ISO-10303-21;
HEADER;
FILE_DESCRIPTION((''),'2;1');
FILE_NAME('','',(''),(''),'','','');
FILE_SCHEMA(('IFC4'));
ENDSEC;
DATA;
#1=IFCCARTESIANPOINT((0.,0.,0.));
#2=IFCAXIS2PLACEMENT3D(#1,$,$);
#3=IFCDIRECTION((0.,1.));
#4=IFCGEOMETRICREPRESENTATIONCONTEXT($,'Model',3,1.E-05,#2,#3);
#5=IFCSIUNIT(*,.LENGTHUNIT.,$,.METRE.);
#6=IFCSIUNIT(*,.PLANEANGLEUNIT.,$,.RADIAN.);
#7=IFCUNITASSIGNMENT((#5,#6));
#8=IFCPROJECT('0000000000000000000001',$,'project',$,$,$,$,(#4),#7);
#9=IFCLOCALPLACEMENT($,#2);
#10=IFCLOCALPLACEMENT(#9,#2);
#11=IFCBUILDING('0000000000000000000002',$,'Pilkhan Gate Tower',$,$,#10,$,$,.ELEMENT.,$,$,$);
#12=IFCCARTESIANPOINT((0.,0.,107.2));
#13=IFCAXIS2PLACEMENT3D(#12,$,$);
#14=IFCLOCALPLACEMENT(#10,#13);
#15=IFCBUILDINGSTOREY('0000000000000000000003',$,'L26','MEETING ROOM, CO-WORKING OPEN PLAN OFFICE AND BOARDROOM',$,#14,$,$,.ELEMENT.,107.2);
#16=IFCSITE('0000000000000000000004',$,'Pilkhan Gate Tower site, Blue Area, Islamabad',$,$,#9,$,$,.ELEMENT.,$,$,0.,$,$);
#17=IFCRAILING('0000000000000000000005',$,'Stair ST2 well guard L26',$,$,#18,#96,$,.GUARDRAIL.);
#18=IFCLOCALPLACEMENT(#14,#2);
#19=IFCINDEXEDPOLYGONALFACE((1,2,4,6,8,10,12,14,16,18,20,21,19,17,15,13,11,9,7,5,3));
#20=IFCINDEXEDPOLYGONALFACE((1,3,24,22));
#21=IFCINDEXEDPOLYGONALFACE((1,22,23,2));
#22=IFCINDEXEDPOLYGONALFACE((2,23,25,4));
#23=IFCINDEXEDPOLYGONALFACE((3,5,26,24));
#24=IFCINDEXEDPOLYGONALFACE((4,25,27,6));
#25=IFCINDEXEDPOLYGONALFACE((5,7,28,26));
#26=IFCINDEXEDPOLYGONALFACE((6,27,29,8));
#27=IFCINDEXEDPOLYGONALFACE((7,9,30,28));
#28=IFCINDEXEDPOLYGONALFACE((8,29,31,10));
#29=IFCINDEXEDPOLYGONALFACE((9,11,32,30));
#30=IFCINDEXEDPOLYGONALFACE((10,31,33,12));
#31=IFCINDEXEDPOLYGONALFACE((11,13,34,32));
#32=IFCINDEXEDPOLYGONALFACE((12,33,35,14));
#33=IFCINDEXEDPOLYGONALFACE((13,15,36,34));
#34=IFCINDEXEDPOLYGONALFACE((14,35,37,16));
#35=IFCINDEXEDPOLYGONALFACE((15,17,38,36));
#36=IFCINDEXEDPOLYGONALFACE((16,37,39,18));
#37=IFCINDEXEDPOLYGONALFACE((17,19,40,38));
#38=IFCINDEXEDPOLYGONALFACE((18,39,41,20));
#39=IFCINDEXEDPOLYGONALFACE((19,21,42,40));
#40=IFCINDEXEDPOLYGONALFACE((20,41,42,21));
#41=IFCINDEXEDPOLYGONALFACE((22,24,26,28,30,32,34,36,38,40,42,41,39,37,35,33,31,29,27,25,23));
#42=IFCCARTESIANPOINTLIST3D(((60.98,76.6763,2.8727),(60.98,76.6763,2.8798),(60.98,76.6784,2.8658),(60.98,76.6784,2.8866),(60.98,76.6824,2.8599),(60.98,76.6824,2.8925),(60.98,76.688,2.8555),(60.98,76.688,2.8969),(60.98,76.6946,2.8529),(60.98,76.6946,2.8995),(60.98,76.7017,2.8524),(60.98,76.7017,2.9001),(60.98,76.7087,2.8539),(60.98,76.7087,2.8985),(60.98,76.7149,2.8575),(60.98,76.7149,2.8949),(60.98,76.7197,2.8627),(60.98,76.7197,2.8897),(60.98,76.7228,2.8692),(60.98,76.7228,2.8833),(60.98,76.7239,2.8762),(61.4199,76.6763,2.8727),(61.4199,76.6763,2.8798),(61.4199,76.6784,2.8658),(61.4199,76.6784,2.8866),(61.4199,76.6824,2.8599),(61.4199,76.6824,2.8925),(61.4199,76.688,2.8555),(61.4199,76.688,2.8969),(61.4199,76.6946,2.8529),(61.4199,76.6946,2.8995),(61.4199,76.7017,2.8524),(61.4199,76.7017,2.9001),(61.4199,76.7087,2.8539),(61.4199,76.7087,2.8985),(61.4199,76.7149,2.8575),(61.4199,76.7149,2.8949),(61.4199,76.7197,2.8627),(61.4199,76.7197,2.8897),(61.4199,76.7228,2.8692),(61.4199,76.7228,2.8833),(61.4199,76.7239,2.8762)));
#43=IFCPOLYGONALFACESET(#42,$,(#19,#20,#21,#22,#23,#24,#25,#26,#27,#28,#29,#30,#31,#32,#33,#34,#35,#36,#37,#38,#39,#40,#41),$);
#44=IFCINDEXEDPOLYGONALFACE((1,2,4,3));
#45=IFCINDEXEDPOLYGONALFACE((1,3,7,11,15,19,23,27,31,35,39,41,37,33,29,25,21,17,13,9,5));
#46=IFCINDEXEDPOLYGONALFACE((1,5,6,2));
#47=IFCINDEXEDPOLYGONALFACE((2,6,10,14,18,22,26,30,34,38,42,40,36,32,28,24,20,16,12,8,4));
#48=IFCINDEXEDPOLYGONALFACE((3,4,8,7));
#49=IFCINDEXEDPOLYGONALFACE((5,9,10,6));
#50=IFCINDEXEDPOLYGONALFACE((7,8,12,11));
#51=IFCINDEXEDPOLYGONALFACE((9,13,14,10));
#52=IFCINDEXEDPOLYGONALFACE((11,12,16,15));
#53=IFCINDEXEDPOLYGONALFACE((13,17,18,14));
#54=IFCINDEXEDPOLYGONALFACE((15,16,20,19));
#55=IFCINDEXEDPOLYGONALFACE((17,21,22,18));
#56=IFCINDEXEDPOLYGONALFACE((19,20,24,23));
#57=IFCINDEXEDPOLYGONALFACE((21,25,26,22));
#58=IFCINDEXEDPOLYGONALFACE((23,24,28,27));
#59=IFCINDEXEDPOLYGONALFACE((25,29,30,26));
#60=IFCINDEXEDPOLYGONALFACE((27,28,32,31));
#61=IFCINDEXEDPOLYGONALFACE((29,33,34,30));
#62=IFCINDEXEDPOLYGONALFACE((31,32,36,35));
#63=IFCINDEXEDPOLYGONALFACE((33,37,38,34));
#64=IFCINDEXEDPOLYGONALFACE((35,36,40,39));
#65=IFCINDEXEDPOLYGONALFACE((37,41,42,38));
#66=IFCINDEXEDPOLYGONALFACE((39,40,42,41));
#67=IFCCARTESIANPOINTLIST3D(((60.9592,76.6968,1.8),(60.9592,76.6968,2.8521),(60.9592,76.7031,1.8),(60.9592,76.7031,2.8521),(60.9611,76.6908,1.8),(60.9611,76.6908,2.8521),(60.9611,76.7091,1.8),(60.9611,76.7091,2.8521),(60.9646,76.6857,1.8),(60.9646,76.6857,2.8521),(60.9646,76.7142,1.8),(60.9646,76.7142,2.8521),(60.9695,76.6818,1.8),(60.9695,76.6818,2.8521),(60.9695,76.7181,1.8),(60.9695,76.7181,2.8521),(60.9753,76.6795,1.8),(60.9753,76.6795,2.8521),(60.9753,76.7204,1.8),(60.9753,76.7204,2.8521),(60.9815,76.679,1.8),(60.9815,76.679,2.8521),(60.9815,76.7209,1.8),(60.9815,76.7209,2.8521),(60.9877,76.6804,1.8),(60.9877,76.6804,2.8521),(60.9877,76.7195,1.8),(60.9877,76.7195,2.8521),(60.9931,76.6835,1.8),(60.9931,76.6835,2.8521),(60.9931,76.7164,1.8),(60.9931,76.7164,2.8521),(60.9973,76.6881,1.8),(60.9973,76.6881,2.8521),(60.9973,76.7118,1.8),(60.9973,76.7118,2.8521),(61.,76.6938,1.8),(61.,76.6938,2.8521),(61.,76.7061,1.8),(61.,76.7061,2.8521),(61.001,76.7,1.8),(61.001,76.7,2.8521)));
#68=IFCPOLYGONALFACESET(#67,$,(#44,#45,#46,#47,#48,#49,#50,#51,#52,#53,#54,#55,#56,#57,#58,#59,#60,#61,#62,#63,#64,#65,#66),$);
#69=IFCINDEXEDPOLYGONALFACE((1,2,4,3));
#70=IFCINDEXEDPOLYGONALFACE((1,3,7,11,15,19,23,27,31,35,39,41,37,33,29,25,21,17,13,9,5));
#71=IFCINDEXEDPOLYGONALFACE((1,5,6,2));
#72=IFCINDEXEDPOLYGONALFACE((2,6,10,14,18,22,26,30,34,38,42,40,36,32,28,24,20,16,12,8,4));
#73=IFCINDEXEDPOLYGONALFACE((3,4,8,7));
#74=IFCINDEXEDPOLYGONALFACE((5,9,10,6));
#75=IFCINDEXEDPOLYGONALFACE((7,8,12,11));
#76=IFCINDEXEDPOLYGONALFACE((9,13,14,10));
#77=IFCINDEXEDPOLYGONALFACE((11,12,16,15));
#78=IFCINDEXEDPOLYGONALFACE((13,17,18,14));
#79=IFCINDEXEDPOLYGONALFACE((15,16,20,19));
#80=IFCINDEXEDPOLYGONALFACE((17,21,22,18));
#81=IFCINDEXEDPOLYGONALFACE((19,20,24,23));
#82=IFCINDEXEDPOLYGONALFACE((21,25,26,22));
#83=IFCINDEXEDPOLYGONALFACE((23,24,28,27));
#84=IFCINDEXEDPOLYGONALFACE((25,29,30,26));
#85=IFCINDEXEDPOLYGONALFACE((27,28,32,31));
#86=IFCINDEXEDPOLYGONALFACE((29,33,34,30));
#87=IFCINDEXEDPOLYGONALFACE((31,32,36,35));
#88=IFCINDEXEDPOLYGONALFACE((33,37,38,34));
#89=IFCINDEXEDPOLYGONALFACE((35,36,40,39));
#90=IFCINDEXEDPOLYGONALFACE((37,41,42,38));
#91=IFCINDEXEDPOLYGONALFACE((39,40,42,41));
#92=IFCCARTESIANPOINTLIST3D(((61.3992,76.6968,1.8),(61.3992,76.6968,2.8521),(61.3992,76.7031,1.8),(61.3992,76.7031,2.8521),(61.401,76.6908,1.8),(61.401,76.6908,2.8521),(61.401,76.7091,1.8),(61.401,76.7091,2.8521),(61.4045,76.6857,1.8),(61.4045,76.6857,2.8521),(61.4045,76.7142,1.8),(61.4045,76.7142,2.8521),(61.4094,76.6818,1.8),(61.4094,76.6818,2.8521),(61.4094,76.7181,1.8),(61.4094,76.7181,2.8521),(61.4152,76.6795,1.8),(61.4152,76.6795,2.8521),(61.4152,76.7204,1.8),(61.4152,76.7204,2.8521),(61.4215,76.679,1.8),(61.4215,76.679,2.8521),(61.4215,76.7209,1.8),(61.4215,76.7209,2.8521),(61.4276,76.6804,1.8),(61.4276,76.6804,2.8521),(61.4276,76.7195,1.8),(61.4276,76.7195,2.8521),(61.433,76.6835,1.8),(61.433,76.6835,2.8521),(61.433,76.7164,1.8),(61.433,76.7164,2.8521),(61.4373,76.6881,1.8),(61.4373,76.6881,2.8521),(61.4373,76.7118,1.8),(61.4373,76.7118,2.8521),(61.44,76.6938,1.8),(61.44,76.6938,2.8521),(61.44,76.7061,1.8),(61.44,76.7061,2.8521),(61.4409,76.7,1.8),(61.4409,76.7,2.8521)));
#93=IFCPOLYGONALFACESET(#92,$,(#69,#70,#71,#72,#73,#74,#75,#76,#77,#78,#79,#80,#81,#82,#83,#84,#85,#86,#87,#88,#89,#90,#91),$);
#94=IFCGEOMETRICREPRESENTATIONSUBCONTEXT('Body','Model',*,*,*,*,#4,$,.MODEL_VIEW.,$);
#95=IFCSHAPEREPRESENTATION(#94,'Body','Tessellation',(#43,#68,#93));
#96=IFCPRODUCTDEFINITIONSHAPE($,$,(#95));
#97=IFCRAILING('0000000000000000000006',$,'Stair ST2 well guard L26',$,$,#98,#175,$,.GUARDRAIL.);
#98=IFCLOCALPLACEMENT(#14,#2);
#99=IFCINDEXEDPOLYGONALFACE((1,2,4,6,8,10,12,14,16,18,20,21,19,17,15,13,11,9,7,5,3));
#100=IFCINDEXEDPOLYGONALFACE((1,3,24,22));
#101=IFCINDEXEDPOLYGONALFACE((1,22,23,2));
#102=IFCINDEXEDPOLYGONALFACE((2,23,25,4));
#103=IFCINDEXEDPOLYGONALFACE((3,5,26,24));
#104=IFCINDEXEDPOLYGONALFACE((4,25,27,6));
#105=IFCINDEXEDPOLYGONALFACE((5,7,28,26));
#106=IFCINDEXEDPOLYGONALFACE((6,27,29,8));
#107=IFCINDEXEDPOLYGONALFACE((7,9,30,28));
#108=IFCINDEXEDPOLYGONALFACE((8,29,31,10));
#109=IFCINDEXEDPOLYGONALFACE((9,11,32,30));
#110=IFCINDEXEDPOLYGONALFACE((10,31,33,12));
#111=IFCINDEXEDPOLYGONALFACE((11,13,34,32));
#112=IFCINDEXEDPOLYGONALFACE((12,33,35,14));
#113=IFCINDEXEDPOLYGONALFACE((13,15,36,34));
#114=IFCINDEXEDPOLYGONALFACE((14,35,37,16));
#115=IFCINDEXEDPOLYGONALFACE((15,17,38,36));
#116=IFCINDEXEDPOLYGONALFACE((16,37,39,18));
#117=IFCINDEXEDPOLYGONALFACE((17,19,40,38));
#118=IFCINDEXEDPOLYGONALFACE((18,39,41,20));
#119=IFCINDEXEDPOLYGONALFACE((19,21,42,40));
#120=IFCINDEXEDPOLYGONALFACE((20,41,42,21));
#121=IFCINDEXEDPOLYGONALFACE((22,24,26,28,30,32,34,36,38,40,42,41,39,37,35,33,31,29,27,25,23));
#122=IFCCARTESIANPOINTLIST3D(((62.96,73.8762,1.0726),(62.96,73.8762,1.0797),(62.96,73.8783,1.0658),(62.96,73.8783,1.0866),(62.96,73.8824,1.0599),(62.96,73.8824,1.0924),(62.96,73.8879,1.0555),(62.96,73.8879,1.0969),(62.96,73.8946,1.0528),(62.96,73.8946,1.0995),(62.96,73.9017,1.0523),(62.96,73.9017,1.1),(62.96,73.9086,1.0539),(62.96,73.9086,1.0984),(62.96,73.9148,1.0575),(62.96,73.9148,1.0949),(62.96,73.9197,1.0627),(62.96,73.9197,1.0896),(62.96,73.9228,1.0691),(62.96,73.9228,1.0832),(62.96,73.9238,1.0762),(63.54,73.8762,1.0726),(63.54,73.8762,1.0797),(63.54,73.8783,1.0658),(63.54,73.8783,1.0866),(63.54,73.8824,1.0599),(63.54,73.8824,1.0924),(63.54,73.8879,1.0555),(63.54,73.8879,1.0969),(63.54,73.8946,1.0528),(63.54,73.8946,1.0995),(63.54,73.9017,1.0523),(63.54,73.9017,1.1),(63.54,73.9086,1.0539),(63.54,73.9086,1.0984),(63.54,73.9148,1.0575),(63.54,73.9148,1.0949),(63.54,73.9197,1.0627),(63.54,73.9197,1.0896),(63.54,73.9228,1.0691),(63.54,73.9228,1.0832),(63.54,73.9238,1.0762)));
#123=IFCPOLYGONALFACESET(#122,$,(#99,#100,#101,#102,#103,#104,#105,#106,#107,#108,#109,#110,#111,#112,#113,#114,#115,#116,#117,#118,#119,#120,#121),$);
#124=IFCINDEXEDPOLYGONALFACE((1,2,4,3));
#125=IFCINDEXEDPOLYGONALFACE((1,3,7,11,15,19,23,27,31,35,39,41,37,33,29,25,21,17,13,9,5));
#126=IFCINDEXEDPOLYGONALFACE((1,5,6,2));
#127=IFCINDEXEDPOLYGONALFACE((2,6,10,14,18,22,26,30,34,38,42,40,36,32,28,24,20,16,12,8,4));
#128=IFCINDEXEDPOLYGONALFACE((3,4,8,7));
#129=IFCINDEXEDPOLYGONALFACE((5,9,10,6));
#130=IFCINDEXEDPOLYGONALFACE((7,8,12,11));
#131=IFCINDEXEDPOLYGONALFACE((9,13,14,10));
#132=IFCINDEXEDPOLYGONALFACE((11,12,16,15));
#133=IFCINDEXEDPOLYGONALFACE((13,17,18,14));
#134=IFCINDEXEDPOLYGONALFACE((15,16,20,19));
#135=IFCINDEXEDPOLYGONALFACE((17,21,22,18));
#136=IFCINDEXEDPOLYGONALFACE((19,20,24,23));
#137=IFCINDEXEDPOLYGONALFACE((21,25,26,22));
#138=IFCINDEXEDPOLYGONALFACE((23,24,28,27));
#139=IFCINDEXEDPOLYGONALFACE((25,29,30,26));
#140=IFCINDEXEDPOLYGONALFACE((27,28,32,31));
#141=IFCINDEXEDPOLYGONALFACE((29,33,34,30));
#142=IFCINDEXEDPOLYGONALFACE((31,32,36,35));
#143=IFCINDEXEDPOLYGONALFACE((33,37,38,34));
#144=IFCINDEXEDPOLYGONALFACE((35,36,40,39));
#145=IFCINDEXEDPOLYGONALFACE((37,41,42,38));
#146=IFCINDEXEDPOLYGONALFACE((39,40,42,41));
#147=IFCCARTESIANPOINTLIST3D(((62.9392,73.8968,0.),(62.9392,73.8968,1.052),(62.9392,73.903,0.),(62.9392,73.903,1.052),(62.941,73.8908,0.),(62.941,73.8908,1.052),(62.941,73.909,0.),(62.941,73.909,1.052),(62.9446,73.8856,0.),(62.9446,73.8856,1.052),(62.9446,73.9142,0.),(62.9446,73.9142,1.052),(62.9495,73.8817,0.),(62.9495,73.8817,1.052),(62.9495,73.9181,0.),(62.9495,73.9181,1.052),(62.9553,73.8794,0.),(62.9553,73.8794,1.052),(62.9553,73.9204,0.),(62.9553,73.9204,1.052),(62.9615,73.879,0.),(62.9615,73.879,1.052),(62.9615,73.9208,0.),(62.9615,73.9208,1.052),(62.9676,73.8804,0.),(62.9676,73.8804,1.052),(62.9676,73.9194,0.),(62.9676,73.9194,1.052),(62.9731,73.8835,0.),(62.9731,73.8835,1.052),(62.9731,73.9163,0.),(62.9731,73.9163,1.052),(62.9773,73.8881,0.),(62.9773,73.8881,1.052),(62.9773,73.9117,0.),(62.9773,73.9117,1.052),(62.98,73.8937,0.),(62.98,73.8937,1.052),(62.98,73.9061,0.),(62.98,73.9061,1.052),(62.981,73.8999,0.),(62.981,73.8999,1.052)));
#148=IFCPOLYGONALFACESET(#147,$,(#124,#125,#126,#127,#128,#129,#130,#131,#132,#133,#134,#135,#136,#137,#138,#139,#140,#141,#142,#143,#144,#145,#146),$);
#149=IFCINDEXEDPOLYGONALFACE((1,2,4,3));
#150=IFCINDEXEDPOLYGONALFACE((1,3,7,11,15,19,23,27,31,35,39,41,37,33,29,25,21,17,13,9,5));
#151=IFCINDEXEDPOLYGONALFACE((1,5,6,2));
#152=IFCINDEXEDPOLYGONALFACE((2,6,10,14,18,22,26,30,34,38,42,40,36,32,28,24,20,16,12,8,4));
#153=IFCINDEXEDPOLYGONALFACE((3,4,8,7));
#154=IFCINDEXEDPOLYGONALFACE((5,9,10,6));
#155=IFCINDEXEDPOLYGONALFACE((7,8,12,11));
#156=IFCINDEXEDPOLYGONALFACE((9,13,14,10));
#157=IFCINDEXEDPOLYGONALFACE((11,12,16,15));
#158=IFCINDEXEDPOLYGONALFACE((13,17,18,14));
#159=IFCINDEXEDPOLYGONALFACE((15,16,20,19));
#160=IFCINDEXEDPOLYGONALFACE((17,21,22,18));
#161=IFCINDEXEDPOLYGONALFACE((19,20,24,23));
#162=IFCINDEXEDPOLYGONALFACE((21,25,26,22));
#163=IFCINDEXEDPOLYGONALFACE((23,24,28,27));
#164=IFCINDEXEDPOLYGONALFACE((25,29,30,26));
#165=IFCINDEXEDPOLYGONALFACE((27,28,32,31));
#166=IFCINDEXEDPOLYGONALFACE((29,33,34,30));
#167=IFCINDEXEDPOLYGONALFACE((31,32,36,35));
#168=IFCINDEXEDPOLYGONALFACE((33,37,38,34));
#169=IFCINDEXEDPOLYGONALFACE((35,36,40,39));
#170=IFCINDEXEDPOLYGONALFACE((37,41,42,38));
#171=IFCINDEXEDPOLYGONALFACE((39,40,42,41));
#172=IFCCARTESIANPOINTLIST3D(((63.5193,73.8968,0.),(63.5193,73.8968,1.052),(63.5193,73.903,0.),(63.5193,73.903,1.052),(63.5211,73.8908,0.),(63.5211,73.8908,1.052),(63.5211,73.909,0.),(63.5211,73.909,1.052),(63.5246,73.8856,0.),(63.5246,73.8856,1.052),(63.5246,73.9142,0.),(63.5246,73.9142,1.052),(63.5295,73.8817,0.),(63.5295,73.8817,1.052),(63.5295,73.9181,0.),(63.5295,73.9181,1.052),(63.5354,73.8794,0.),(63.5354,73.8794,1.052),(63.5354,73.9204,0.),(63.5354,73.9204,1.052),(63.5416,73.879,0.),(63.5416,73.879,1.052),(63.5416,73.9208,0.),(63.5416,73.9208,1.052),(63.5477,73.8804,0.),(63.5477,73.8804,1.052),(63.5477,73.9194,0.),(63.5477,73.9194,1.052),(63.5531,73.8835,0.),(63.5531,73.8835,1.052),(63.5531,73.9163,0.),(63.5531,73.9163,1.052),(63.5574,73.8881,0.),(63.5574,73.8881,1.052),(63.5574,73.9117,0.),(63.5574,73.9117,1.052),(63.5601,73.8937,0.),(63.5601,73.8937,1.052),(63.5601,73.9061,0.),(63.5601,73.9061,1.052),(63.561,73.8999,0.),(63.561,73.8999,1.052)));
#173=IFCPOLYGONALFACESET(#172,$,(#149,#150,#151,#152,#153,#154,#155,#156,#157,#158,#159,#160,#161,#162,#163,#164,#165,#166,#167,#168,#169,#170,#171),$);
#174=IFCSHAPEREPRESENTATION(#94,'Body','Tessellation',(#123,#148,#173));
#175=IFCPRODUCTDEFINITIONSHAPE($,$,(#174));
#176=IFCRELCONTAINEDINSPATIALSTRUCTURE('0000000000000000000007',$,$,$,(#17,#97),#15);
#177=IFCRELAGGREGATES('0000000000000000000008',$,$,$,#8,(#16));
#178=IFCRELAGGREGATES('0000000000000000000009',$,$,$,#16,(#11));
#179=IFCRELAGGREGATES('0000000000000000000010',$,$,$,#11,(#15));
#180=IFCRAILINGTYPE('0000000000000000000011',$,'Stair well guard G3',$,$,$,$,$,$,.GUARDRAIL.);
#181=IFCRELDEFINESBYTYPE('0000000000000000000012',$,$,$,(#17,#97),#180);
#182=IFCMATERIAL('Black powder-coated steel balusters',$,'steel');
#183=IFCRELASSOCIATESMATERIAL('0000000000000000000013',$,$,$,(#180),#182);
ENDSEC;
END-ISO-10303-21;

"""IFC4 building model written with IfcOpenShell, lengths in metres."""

from ifc_helpers import new_model, si_unit, direction, frame, origin, origin_2d, place, context, subcontext, project, spatial, circle, extrude, material, type_object, element, save


model = new_model("IFC4")

# Units and contexts
model_context = context("Model", 3, precision=1e-05, world=origin(), true_north=direction((0.0, 1.0)))
body_context = subcontext(model_context, "Body", "Model", "MODEL_VIEW")
ifc_project = project(units=[si_unit("LENGTHUNIT", "METRE"), si_unit("PLANEANGLEUNIT", "RADIAN")], contexts=[model_context])

# Site, building, storey
site_placement = place(None, origin())
site = spatial("IfcSite", under=ifc_project, at=site_placement, Name="Pilkhan Gate Tower site, Blue Area, Islamabad", CompositionType="ELEMENT", RefElevation=0.0)
building_placement = place(site_placement, origin())
building = spatial("IfcBuilding", under=site, at=building_placement, Name="Pilkhan Gate Tower", CompositionType="ELEMENT")
storey_placement = place(building_placement, frame((0.0, 0.0, 107.2)))
storey = spatial("IfcBuildingStorey", under=building, at=storey_placement, Name="L26", Description="MEETING ROOM, CO-WORKING OPEN PLAN OFFICE AND BOARDROOM", CompositionType="ELEMENT", Elevation=107.2)

# Railings
ifc_material_1 = material(Name="Black powder-coated steel balusters", Category="steel")
railing_type_1 = type_object("IfcRailingType", Name="Stair well guard G3", PredefinedType="GUARDRAIL", material=ifc_material_1)
railing_1_placement = place(storey_placement, frame((60.98, 76.7, 1.8)))
element("IfcRailing", 1, at=railing_1_placement, inside=storey, type_object=railing_type_1, Name="Stair ST2 well guard L26", PredefinedType="GUARDRAIL", context=body_context, shape_type="SweptSolid", body=[
    extrude(circle(Radius=0.0239, at=origin_2d()), frame((0.0, 0.0, 1.0762), z_axis=(1.0, 0.0, 0.0), x_axis=(0.0, 1.0, 0.0)), (0.0, 0.0, 1.0), 0.4399),
    extrude(circle(Radius=0.021, at=origin_2d()), origin(), (0.0, 0.0, 1.0), 1.052),
    extrude(circle(Radius=0.021, at=origin_2d()), frame((0.4399, 0.0, 0.0)), (0.0, 0.0, 1.0), 1.052),
])
for number, where, name in (
    (2, (62.96, 73.8999, 0.0), "Stair ST2 well guard L26"),
):
    element("IfcRailing", number, at=place(storey_placement, frame(where)), inside=storey, type_object=railing_type_1, Name=name, PredefinedType="GUARDRAIL", context=body_context, shape_type="SweptSolid", body=[
        extrude(circle(Radius=0.0239, at=origin_2d()), frame((0.0, 0.0, 1.0762), z_axis=(1.0, 0.0, 0.0), x_axis=(0.0, 1.0, 0.0)), (0.0, 0.0, 1.0), 0.5801),
        extrude(circle(Radius=0.021, at=origin_2d()), origin(), (0.0, 0.0, 1.0), 1.052),
        extrude(circle(Radius=0.021, at=origin_2d()), frame((0.5801, 0.0, 0.0)), (0.0, 0.0, 1.0), 1.052),
    ])

save(model, "model.ifc")
